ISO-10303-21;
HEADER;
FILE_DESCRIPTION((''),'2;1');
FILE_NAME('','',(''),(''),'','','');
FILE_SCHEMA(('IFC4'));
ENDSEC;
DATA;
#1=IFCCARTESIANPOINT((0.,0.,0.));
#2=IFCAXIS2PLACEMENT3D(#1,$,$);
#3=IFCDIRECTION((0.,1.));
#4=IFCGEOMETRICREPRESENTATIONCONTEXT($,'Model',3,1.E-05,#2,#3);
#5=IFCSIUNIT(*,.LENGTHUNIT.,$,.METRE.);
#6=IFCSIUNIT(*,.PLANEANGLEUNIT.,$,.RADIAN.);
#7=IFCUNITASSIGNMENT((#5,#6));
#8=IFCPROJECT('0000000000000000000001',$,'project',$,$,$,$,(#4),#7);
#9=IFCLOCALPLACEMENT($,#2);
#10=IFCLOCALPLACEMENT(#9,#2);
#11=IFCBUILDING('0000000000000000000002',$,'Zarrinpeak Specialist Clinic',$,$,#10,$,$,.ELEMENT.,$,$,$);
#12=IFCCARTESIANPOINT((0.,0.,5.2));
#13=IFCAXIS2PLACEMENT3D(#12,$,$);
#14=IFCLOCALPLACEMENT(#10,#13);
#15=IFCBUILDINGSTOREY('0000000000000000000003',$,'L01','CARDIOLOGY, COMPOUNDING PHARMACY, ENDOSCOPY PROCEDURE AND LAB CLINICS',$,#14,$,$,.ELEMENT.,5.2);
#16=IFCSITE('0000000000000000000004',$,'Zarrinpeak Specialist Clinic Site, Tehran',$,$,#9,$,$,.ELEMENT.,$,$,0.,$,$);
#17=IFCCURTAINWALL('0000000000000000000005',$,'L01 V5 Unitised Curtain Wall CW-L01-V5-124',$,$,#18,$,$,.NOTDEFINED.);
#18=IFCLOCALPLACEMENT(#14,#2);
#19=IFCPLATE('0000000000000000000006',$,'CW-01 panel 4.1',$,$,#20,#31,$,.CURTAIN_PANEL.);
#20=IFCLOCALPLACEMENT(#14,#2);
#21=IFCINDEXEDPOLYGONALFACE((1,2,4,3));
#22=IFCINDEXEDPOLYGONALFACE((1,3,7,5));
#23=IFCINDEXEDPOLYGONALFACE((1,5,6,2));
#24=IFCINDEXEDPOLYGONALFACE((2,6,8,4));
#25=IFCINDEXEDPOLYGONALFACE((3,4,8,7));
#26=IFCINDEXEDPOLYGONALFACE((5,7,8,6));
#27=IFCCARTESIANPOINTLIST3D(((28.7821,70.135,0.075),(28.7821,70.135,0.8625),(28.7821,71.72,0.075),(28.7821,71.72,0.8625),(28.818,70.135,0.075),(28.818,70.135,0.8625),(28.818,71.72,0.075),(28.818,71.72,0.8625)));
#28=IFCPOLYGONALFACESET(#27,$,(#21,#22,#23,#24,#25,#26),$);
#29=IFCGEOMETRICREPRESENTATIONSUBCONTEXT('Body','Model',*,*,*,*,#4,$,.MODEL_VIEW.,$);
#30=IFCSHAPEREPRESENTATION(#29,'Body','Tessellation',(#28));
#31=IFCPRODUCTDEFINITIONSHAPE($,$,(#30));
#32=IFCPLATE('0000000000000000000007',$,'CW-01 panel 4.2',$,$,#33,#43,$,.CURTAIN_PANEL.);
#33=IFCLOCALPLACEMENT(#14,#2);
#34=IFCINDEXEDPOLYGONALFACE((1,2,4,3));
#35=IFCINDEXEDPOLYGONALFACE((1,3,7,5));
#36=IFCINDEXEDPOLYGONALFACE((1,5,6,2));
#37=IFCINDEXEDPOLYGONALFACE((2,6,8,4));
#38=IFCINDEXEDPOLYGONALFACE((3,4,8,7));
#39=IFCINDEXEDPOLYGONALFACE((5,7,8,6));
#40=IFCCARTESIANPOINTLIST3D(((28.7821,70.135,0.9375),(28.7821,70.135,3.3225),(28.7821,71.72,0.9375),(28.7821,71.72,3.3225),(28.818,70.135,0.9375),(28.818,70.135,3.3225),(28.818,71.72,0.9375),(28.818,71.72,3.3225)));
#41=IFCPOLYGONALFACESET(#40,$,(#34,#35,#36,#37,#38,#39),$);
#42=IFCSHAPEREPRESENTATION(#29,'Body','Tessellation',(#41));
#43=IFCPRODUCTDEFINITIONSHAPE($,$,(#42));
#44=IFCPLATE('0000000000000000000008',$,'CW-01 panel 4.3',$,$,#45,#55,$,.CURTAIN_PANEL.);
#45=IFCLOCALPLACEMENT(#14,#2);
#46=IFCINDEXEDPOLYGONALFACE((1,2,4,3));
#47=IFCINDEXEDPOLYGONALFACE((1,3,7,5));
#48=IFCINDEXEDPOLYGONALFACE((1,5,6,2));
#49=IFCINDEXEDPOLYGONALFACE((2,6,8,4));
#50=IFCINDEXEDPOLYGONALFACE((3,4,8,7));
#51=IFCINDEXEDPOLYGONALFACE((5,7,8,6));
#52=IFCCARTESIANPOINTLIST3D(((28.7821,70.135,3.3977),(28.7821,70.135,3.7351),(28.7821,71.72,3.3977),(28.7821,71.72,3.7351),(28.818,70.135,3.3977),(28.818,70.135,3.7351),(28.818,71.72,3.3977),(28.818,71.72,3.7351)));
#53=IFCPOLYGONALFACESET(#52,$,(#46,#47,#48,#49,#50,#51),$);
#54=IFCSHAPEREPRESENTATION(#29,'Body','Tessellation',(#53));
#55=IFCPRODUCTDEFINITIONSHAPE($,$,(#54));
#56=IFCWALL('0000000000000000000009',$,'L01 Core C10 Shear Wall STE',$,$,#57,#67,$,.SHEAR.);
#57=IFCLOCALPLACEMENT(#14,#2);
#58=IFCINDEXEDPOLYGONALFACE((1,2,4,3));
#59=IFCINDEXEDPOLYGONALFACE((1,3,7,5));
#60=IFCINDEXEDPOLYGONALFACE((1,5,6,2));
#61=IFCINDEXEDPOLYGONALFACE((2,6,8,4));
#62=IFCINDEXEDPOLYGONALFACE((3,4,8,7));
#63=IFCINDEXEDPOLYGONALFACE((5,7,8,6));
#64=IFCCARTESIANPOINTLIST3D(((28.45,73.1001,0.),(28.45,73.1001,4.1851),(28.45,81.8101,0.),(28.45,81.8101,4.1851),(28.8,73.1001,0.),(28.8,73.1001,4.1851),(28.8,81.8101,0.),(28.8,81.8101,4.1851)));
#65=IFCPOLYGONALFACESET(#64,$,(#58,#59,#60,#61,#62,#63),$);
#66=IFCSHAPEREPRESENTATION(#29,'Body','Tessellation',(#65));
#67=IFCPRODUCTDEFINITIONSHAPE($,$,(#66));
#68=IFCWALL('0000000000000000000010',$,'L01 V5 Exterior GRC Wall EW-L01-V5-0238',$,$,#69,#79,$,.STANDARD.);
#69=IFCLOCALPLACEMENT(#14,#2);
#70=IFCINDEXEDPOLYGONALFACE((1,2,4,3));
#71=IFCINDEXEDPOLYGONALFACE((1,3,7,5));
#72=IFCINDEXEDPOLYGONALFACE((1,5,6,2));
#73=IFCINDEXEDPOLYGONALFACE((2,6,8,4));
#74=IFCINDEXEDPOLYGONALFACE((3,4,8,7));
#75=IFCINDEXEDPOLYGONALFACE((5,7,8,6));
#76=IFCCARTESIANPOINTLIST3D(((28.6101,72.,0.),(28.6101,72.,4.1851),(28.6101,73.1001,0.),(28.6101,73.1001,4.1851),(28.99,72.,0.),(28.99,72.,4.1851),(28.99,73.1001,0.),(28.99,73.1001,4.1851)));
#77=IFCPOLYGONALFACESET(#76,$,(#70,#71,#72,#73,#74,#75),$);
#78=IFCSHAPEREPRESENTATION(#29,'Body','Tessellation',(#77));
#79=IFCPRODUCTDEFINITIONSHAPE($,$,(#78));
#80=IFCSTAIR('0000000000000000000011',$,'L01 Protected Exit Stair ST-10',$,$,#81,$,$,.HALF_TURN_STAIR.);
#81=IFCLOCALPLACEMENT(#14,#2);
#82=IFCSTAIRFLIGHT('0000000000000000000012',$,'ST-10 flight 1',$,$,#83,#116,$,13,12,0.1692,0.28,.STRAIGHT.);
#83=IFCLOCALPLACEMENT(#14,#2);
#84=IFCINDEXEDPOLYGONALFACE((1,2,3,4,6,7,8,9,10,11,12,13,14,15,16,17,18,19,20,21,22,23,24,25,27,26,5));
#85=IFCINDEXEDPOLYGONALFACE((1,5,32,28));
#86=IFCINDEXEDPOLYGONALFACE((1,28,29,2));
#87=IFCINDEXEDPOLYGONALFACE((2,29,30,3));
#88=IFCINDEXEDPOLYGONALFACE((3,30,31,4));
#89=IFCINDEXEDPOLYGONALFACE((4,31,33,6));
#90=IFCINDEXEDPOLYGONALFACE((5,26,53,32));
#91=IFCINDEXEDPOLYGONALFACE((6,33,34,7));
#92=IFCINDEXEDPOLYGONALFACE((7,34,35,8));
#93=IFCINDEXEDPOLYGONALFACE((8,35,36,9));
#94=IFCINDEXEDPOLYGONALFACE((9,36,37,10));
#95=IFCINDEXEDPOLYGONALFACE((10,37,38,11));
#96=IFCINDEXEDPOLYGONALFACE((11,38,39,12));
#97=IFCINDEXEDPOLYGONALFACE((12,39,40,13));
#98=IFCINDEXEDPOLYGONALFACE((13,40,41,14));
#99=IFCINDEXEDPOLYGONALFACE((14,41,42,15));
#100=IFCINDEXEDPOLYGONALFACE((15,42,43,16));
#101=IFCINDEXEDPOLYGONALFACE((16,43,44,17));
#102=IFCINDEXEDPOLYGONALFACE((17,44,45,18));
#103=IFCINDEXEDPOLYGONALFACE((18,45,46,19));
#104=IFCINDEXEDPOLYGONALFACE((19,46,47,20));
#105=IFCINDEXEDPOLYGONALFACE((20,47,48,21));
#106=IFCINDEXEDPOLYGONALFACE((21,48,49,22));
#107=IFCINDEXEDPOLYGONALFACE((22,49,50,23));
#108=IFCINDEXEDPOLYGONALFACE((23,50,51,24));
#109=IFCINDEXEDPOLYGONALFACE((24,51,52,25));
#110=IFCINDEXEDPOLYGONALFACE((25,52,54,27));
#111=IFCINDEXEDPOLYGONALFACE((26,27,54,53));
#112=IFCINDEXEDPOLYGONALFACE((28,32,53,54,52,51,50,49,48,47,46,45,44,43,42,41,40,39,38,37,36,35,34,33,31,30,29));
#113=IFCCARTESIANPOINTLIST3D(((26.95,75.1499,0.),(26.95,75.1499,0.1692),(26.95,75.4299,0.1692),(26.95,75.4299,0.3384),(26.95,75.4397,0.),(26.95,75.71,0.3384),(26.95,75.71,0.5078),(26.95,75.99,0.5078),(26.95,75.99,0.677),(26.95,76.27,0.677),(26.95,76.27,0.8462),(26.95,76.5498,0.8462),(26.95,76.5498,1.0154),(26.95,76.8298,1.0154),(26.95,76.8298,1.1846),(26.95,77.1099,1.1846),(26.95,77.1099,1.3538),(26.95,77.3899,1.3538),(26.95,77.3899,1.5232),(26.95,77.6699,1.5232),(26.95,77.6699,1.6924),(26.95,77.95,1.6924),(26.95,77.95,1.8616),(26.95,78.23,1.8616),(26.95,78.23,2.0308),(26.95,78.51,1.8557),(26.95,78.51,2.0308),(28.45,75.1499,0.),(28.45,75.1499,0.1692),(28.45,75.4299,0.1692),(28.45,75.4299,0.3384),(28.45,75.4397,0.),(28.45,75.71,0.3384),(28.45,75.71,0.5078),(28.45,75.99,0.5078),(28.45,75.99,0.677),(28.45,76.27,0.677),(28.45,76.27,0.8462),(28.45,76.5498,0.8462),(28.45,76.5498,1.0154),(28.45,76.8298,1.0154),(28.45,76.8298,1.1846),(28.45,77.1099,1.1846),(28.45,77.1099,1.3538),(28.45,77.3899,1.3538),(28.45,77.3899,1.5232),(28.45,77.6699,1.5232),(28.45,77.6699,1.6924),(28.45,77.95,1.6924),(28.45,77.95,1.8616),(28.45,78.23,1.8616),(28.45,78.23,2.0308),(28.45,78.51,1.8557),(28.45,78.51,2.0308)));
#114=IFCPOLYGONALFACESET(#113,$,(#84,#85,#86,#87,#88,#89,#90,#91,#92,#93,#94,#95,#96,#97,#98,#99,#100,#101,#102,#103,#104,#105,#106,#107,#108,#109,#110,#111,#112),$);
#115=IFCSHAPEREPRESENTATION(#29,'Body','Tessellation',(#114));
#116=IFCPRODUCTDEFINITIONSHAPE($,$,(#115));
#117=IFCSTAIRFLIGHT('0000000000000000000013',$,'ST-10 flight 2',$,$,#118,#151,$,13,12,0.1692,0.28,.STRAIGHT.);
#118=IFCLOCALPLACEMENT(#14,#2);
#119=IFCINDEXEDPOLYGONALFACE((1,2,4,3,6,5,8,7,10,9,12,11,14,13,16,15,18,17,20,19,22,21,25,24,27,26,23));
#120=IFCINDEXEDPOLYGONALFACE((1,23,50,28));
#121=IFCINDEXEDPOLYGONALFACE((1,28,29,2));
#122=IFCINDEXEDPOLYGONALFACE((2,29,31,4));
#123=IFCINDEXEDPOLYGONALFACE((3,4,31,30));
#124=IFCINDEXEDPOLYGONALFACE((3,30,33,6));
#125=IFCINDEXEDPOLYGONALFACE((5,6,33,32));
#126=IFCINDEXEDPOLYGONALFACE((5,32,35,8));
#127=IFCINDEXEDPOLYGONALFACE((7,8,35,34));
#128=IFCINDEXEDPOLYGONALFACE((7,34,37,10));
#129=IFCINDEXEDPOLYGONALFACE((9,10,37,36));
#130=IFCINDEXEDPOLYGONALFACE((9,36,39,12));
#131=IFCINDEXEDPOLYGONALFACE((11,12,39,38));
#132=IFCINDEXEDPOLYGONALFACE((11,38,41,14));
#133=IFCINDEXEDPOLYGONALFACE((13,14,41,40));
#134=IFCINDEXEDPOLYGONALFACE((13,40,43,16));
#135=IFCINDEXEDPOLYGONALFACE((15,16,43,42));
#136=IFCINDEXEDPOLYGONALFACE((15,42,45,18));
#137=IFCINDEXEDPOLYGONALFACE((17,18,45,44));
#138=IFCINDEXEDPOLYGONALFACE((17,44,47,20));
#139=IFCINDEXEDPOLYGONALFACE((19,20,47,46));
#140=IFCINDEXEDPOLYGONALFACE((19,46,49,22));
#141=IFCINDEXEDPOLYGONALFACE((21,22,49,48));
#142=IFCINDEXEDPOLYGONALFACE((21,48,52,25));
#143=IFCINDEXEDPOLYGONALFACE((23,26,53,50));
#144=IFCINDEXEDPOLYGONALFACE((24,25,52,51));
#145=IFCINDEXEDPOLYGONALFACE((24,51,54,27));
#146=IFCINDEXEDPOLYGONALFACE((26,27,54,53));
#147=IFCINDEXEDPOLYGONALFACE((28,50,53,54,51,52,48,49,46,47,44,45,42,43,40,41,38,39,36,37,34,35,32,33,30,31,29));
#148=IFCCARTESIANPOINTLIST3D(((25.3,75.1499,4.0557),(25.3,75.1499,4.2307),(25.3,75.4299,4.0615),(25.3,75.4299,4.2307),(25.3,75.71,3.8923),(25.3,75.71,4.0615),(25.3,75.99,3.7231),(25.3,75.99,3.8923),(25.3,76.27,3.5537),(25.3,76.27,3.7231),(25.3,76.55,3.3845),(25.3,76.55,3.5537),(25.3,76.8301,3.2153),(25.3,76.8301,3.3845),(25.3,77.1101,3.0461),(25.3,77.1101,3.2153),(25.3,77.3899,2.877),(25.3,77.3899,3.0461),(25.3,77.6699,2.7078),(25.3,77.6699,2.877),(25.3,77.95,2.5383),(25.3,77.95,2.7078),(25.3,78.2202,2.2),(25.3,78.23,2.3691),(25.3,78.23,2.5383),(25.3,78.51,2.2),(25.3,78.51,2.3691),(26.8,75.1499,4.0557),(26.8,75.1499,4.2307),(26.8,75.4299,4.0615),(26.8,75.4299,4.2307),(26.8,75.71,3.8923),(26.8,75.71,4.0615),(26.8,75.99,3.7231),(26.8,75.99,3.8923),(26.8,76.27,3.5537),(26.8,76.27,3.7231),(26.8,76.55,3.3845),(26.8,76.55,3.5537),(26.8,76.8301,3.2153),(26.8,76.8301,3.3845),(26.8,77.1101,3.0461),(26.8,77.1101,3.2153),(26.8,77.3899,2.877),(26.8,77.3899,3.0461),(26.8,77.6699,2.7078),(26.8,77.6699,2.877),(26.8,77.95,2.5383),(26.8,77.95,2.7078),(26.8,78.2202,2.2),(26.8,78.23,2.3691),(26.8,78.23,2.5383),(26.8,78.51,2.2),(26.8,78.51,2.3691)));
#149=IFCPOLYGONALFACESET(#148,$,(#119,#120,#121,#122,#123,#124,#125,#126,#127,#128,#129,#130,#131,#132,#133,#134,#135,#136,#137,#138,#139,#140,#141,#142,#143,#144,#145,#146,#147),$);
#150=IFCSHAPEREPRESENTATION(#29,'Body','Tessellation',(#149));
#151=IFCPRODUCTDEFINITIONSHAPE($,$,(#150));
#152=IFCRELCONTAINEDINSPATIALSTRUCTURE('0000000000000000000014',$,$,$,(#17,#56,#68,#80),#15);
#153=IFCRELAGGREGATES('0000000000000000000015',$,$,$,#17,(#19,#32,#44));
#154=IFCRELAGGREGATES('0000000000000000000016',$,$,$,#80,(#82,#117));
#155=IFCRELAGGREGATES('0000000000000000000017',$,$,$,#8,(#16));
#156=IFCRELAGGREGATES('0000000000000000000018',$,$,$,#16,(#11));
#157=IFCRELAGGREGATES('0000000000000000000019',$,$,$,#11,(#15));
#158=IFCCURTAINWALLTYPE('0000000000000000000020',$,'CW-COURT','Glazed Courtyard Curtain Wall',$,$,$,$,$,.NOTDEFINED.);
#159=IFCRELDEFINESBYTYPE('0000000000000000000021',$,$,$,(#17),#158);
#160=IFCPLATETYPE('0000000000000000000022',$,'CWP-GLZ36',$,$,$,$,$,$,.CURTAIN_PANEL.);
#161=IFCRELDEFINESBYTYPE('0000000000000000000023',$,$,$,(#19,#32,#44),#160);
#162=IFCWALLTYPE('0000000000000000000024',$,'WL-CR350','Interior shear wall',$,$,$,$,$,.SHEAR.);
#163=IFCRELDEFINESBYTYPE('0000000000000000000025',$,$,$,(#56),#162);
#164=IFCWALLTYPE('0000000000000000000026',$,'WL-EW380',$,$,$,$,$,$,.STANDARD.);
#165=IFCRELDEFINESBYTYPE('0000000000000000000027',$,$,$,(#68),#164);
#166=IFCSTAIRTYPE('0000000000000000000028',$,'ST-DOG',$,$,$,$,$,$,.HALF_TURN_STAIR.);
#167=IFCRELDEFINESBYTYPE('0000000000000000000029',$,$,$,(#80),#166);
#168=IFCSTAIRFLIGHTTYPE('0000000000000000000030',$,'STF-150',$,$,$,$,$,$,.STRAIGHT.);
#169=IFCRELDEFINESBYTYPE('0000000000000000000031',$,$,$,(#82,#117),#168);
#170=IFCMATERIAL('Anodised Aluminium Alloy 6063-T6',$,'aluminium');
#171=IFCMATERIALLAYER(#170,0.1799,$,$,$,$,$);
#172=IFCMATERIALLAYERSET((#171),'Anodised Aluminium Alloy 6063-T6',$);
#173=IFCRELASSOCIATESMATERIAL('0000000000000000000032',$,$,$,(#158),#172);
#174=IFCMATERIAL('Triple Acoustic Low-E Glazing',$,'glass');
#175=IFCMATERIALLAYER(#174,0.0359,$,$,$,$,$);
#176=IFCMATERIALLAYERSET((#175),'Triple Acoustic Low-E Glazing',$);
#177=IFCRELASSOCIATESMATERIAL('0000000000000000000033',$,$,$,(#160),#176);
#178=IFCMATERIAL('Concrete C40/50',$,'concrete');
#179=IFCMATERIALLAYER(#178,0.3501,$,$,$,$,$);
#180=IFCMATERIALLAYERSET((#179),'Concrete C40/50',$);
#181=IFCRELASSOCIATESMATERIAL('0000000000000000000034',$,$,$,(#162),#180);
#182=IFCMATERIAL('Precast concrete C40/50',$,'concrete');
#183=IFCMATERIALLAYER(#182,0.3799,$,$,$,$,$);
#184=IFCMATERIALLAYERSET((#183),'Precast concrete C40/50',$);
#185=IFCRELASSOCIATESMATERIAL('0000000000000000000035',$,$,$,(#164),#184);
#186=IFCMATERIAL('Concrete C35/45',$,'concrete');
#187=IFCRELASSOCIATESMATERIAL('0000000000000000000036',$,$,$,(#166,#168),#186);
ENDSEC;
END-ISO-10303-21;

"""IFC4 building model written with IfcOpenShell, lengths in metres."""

from ifc_helpers import new_model, si_unit, direction, frame, frame_2d, origin, origin_2d, place, context, subcontext, project, spatial, polyline, rectangle, outline, extrude, material, layer, layer_set, type_object, element, aggregate, save


model = new_model("IFC4")

# Units and contexts
model_context = context("Model", 3, precision=1e-05, world=origin(), true_north=direction((0.0, 1.0)))
body_context = subcontext(model_context, "Body", "Model", "MODEL_VIEW")
ifc_project = project(units=[si_unit("LENGTHUNIT", "METRE"), si_unit("PLANEANGLEUNIT", "RADIAN")], contexts=[model_context])

# Site, building, storey
site_placement = place(None, origin())
site = spatial("IfcSite", under=ifc_project, at=site_placement, Name="Zarrinpeak Specialist Clinic Site, Tehran", CompositionType="ELEMENT", RefElevation=0.0)
building_placement = place(site_placement, origin())
building = spatial("IfcBuilding", under=site, at=building_placement, Name="Zarrinpeak Specialist Clinic", CompositionType="ELEMENT")
storey_placement = place(building_placement, frame((0.0, 0.0, 5.2)))
storey = spatial("IfcBuildingStorey", under=building, at=storey_placement, Name="L01", Description="CARDIOLOGY, COMPOUNDING PHARMACY, ENDOSCOPY PROCEDURE AND LAB CLINICS", CompositionType="ELEMENT", Elevation=5.2)

# Curtain wall, plates
ifc_material_1 = material(Name="Anodised Aluminium Alloy 6063-T6", Category="aluminium")
ifc_layer_1 = layer(ifc_material_1, 0.1799)
ifc_layer_set_1 = layer_set([ifc_layer_1], Name="Anodised Aluminium Alloy 6063-T6")
curtain_wall_type = type_object("IfcCurtainWallType", Name="CW-COURT", Description="Glazed Courtyard Curtain Wall", PredefinedType="NOTDEFINED", material=ifc_layer_set_1)
curtain_wall_placement = place(storey_placement, origin())
curtain_wall = element("IfcCurtainWall", 1, at=curtain_wall_placement, inside=storey, type_object=curtain_wall_type, Name="L01 V5 Unitised Curtain Wall CW-L01-V5-124", PredefinedType="NOTDEFINED")
ifc_material_2 = material(Name="Triple Acoustic Low-E Glazing", Category="glass")
ifc_layer_2 = layer(ifc_material_2, 0.0359)
ifc_layer_set_2 = layer_set([ifc_layer_2], Name="Triple Acoustic Low-E Glazing")
plate_type = type_object("IfcPlateType", Name="CWP-GLZ36", PredefinedType="CURTAIN_PANEL", material=ifc_layer_set_2)
plate_1_placement = place(storey_placement, frame((28.8, 70.9275, 0.075), z_axis=(0.0, 0.0, 1.0), x_axis=(0.0, 1.0, 0.0)))
plate_1 = element("IfcPlate", 2, at=plate_1_placement, type_object=plate_type, Name="CW-01 panel 4.1", PredefinedType="CURTAIN_PANEL", context=body_context, shape_type="SweptSolid", body=[
    extrude(rectangle(XDim=1.585, YDim=0.0359, at=origin_2d()), origin(), (0.0, 0.0, 1.0), 0.7876),
])
plate_2_placement = place(storey_placement, frame((28.8, 70.9275, 0.9375), z_axis=(0.0, 0.0, 1.0), x_axis=(0.0, 1.0, 0.0)))
plate_2 = element("IfcPlate", 3, at=plate_2_placement, type_object=plate_type, Name="CW-01 panel 4.2", PredefinedType="CURTAIN_PANEL", context=body_context, shape_type="SweptSolid", body=[
    extrude(rectangle(XDim=1.585, YDim=0.0359, at=origin_2d()), origin(), (0.0, 0.0, 1.0), 2.385),
])
plate_3_placement = place(storey_placement, frame((28.8, 70.9275, 3.3977), z_axis=(0.0, 0.0, 1.0), x_axis=(0.0, 1.0, 0.0)))
plate_3 = element("IfcPlate", 4, at=plate_3_placement, type_object=plate_type, Name="CW-01 panel 4.3", PredefinedType="CURTAIN_PANEL", context=body_context, shape_type="SweptSolid", body=[
    extrude(rectangle(XDim=1.585, YDim=0.0359, at=origin_2d()), origin(), (0.0, 0.0, 1.0), 0.3374),
])
aggregate(curtain_wall, [plate_1, plate_2, plate_3])

# Walls
ifc_material_3 = material(Name="Concrete C40/50", Category="concrete")
ifc_layer_3 = layer(ifc_material_3, 0.3501)
ifc_layer_set_3 = layer_set([ifc_layer_3], Name="Concrete C40/50")
wall_type_1 = type_object("IfcWallType", Name="WL-CR350", Description="Interior shear wall", PredefinedType="SHEAR", material=ifc_layer_set_3)
wall_1_placement = place(storey_placement, frame((28.625, 73.1001, 0.0), z_axis=(0.0, 0.0, 1.0), x_axis=(0.0, 1.0, 0.0)))
element("IfcWall", 5, at=wall_1_placement, inside=storey, type_object=wall_type_1, Name="L01 Core C10 Shear Wall STE", PredefinedType="SHEAR", context=body_context, shape_type="SweptSolid", body=[
    extrude(rectangle(XDim=8.71, YDim=0.3501, at=frame_2d((4.355, 0.0))), origin(), (0.0, 0.0, 1.0), 4.1851),
])
ifc_material_4 = material(Name="Precast concrete C40/50", Category="concrete")
ifc_layer_4 = layer(ifc_material_4, 0.3799)
ifc_layer_set_4 = layer_set([ifc_layer_4], Name="Precast concrete C40/50")
wall_type_2 = type_object("IfcWallType", Name="WL-EW380", PredefinedType="STANDARD", material=ifc_layer_set_4)
wall_2_placement = place(storey_placement, frame((28.8, 72.0, 0.0), z_axis=(0.0, 0.0, 1.0), x_axis=(0.0, 1.0, 0.0)))
element("IfcWall", 6, at=wall_2_placement, inside=storey, type_object=wall_type_2, Name="L01 V5 Exterior GRC Wall EW-L01-V5-0238", PredefinedType="STANDARD", context=body_context, shape_type="SweptSolid", body=[
    extrude(rectangle(XDim=1.1001, YDim=0.3799, at=frame_2d((0.55, 0.0))), origin(), (0.0, 0.0, 1.0), 4.1851),
])

# Stair, stair flights
ifc_material_5 = material(Name="Concrete C35/45", Category="concrete")
stair_type = type_object("IfcStairType", Name="ST-DOG", PredefinedType="HALF_TURN_STAIR", material=ifc_material_5)
stair_placement = place(storey_placement, origin())
stair = element("IfcStair", 7, at=stair_placement, inside=storey, type_object=stair_type, Name="L01 Protected Exit Stair ST-10", PredefinedType="HALF_TURN_STAIR")
stair_flight_type = type_object("IfcStairFlightType", Name="STF-150", PredefinedType="STRAIGHT", material=ifc_material_5)
stair_flight_1_placement = place(storey_placement, frame((27.7, 75.1499, 0.0), z_axis=(0.0, 0.0, 1.0), x_axis=(0.0, 1.0, 0.0)))
stair_flight_1 = element("IfcStairFlight", 8, at=stair_flight_1_placement, type_object=stair_flight_type, Name="ST-10 flight 1", NumberOfRisers=13, NumberOfTreads=12, PredefinedType="STRAIGHT", RiserHeight=0.1692, TreadLength=0.28, context=body_context, shape_type="SweptSolid", body=[
    extrude(outline(polyline([(0.0, 0.0), (0.0, 0.1692), (0.28, 0.1692), (0.28, 0.3384), (0.5601, 0.3384), (0.5601, 0.5078), (0.8401, 0.5078), (0.8401, 0.677), (1.1201, 0.677), (1.1201, 0.8462), (1.3999, 0.8462), (1.3999, 1.0154), (1.6799, 1.0154), (1.6799, 1.1846), (1.96, 1.1846), (1.96, 1.3538), (2.24, 1.3538), (2.24, 1.5232), (2.52, 1.5232), (2.52, 1.6924), (2.8, 1.6924), (2.8, 1.8616), (3.0801, 1.8616), (3.0801, 2.0308), (3.3601, 2.0308), (3.3601, 2.2), (3.3601, 1.8557), (0.2898, 0.0), (0.0, 0.0)])), frame((0.0, 0.75, 0.0), z_axis=(0.0, -1.0, 0.0), x_axis=(1.0, 0.0, 0.0)), (0.0, 0.0, 1.0), 1.5),
])
stair_flight_2_placement = place(storey_placement, frame((26.05, 78.51, 2.2), z_axis=(0.0, 0.0, 1.0), x_axis=(0.0, -1.0, 0.0)))
stair_flight_2 = element("IfcStairFlight", 9, at=stair_flight_2_placement, type_object=stair_flight_type, Name="ST-10 flight 2", NumberOfRisers=13, NumberOfTreads=12, PredefinedType="STRAIGHT", RiserHeight=0.1692, TreadLength=0.28, context=body_context, shape_type="SweptSolid", body=[
    extrude(outline(polyline([(0.0, 0.0), (0.0, 0.1692), (0.28, 0.1692), (0.28, 0.3384), (0.5601, 0.3384), (0.5601, 0.5078), (0.8401, 0.5078), (0.8401, 0.677), (1.1201, 0.677), (1.1201, 0.8462), (1.3999, 0.8462), (1.3999, 1.0154), (1.6799, 1.0154), (1.6799, 1.1846), (1.96, 1.1846), (1.96, 1.3538), (2.24, 1.3538), (2.24, 1.5232), (2.52, 1.5232), (2.52, 1.6924), (2.8, 1.6924), (2.8, 1.8616), (3.0801, 1.8616), (3.0801, 2.0308), (3.3601, 2.0308), (3.3601, 2.2), (3.3601, 1.8557), (0.2898, 0.0), (0.0, 0.0)])), frame((0.0, 0.75, 0.0), z_axis=(0.0, -1.0, 0.0), x_axis=(1.0, 0.0, 0.0)), (0.0, 0.0, 1.0), 1.5),
])
aggregate(stair, [stair_flight_1, stair_flight_2])

save(model, "model.ifc")
